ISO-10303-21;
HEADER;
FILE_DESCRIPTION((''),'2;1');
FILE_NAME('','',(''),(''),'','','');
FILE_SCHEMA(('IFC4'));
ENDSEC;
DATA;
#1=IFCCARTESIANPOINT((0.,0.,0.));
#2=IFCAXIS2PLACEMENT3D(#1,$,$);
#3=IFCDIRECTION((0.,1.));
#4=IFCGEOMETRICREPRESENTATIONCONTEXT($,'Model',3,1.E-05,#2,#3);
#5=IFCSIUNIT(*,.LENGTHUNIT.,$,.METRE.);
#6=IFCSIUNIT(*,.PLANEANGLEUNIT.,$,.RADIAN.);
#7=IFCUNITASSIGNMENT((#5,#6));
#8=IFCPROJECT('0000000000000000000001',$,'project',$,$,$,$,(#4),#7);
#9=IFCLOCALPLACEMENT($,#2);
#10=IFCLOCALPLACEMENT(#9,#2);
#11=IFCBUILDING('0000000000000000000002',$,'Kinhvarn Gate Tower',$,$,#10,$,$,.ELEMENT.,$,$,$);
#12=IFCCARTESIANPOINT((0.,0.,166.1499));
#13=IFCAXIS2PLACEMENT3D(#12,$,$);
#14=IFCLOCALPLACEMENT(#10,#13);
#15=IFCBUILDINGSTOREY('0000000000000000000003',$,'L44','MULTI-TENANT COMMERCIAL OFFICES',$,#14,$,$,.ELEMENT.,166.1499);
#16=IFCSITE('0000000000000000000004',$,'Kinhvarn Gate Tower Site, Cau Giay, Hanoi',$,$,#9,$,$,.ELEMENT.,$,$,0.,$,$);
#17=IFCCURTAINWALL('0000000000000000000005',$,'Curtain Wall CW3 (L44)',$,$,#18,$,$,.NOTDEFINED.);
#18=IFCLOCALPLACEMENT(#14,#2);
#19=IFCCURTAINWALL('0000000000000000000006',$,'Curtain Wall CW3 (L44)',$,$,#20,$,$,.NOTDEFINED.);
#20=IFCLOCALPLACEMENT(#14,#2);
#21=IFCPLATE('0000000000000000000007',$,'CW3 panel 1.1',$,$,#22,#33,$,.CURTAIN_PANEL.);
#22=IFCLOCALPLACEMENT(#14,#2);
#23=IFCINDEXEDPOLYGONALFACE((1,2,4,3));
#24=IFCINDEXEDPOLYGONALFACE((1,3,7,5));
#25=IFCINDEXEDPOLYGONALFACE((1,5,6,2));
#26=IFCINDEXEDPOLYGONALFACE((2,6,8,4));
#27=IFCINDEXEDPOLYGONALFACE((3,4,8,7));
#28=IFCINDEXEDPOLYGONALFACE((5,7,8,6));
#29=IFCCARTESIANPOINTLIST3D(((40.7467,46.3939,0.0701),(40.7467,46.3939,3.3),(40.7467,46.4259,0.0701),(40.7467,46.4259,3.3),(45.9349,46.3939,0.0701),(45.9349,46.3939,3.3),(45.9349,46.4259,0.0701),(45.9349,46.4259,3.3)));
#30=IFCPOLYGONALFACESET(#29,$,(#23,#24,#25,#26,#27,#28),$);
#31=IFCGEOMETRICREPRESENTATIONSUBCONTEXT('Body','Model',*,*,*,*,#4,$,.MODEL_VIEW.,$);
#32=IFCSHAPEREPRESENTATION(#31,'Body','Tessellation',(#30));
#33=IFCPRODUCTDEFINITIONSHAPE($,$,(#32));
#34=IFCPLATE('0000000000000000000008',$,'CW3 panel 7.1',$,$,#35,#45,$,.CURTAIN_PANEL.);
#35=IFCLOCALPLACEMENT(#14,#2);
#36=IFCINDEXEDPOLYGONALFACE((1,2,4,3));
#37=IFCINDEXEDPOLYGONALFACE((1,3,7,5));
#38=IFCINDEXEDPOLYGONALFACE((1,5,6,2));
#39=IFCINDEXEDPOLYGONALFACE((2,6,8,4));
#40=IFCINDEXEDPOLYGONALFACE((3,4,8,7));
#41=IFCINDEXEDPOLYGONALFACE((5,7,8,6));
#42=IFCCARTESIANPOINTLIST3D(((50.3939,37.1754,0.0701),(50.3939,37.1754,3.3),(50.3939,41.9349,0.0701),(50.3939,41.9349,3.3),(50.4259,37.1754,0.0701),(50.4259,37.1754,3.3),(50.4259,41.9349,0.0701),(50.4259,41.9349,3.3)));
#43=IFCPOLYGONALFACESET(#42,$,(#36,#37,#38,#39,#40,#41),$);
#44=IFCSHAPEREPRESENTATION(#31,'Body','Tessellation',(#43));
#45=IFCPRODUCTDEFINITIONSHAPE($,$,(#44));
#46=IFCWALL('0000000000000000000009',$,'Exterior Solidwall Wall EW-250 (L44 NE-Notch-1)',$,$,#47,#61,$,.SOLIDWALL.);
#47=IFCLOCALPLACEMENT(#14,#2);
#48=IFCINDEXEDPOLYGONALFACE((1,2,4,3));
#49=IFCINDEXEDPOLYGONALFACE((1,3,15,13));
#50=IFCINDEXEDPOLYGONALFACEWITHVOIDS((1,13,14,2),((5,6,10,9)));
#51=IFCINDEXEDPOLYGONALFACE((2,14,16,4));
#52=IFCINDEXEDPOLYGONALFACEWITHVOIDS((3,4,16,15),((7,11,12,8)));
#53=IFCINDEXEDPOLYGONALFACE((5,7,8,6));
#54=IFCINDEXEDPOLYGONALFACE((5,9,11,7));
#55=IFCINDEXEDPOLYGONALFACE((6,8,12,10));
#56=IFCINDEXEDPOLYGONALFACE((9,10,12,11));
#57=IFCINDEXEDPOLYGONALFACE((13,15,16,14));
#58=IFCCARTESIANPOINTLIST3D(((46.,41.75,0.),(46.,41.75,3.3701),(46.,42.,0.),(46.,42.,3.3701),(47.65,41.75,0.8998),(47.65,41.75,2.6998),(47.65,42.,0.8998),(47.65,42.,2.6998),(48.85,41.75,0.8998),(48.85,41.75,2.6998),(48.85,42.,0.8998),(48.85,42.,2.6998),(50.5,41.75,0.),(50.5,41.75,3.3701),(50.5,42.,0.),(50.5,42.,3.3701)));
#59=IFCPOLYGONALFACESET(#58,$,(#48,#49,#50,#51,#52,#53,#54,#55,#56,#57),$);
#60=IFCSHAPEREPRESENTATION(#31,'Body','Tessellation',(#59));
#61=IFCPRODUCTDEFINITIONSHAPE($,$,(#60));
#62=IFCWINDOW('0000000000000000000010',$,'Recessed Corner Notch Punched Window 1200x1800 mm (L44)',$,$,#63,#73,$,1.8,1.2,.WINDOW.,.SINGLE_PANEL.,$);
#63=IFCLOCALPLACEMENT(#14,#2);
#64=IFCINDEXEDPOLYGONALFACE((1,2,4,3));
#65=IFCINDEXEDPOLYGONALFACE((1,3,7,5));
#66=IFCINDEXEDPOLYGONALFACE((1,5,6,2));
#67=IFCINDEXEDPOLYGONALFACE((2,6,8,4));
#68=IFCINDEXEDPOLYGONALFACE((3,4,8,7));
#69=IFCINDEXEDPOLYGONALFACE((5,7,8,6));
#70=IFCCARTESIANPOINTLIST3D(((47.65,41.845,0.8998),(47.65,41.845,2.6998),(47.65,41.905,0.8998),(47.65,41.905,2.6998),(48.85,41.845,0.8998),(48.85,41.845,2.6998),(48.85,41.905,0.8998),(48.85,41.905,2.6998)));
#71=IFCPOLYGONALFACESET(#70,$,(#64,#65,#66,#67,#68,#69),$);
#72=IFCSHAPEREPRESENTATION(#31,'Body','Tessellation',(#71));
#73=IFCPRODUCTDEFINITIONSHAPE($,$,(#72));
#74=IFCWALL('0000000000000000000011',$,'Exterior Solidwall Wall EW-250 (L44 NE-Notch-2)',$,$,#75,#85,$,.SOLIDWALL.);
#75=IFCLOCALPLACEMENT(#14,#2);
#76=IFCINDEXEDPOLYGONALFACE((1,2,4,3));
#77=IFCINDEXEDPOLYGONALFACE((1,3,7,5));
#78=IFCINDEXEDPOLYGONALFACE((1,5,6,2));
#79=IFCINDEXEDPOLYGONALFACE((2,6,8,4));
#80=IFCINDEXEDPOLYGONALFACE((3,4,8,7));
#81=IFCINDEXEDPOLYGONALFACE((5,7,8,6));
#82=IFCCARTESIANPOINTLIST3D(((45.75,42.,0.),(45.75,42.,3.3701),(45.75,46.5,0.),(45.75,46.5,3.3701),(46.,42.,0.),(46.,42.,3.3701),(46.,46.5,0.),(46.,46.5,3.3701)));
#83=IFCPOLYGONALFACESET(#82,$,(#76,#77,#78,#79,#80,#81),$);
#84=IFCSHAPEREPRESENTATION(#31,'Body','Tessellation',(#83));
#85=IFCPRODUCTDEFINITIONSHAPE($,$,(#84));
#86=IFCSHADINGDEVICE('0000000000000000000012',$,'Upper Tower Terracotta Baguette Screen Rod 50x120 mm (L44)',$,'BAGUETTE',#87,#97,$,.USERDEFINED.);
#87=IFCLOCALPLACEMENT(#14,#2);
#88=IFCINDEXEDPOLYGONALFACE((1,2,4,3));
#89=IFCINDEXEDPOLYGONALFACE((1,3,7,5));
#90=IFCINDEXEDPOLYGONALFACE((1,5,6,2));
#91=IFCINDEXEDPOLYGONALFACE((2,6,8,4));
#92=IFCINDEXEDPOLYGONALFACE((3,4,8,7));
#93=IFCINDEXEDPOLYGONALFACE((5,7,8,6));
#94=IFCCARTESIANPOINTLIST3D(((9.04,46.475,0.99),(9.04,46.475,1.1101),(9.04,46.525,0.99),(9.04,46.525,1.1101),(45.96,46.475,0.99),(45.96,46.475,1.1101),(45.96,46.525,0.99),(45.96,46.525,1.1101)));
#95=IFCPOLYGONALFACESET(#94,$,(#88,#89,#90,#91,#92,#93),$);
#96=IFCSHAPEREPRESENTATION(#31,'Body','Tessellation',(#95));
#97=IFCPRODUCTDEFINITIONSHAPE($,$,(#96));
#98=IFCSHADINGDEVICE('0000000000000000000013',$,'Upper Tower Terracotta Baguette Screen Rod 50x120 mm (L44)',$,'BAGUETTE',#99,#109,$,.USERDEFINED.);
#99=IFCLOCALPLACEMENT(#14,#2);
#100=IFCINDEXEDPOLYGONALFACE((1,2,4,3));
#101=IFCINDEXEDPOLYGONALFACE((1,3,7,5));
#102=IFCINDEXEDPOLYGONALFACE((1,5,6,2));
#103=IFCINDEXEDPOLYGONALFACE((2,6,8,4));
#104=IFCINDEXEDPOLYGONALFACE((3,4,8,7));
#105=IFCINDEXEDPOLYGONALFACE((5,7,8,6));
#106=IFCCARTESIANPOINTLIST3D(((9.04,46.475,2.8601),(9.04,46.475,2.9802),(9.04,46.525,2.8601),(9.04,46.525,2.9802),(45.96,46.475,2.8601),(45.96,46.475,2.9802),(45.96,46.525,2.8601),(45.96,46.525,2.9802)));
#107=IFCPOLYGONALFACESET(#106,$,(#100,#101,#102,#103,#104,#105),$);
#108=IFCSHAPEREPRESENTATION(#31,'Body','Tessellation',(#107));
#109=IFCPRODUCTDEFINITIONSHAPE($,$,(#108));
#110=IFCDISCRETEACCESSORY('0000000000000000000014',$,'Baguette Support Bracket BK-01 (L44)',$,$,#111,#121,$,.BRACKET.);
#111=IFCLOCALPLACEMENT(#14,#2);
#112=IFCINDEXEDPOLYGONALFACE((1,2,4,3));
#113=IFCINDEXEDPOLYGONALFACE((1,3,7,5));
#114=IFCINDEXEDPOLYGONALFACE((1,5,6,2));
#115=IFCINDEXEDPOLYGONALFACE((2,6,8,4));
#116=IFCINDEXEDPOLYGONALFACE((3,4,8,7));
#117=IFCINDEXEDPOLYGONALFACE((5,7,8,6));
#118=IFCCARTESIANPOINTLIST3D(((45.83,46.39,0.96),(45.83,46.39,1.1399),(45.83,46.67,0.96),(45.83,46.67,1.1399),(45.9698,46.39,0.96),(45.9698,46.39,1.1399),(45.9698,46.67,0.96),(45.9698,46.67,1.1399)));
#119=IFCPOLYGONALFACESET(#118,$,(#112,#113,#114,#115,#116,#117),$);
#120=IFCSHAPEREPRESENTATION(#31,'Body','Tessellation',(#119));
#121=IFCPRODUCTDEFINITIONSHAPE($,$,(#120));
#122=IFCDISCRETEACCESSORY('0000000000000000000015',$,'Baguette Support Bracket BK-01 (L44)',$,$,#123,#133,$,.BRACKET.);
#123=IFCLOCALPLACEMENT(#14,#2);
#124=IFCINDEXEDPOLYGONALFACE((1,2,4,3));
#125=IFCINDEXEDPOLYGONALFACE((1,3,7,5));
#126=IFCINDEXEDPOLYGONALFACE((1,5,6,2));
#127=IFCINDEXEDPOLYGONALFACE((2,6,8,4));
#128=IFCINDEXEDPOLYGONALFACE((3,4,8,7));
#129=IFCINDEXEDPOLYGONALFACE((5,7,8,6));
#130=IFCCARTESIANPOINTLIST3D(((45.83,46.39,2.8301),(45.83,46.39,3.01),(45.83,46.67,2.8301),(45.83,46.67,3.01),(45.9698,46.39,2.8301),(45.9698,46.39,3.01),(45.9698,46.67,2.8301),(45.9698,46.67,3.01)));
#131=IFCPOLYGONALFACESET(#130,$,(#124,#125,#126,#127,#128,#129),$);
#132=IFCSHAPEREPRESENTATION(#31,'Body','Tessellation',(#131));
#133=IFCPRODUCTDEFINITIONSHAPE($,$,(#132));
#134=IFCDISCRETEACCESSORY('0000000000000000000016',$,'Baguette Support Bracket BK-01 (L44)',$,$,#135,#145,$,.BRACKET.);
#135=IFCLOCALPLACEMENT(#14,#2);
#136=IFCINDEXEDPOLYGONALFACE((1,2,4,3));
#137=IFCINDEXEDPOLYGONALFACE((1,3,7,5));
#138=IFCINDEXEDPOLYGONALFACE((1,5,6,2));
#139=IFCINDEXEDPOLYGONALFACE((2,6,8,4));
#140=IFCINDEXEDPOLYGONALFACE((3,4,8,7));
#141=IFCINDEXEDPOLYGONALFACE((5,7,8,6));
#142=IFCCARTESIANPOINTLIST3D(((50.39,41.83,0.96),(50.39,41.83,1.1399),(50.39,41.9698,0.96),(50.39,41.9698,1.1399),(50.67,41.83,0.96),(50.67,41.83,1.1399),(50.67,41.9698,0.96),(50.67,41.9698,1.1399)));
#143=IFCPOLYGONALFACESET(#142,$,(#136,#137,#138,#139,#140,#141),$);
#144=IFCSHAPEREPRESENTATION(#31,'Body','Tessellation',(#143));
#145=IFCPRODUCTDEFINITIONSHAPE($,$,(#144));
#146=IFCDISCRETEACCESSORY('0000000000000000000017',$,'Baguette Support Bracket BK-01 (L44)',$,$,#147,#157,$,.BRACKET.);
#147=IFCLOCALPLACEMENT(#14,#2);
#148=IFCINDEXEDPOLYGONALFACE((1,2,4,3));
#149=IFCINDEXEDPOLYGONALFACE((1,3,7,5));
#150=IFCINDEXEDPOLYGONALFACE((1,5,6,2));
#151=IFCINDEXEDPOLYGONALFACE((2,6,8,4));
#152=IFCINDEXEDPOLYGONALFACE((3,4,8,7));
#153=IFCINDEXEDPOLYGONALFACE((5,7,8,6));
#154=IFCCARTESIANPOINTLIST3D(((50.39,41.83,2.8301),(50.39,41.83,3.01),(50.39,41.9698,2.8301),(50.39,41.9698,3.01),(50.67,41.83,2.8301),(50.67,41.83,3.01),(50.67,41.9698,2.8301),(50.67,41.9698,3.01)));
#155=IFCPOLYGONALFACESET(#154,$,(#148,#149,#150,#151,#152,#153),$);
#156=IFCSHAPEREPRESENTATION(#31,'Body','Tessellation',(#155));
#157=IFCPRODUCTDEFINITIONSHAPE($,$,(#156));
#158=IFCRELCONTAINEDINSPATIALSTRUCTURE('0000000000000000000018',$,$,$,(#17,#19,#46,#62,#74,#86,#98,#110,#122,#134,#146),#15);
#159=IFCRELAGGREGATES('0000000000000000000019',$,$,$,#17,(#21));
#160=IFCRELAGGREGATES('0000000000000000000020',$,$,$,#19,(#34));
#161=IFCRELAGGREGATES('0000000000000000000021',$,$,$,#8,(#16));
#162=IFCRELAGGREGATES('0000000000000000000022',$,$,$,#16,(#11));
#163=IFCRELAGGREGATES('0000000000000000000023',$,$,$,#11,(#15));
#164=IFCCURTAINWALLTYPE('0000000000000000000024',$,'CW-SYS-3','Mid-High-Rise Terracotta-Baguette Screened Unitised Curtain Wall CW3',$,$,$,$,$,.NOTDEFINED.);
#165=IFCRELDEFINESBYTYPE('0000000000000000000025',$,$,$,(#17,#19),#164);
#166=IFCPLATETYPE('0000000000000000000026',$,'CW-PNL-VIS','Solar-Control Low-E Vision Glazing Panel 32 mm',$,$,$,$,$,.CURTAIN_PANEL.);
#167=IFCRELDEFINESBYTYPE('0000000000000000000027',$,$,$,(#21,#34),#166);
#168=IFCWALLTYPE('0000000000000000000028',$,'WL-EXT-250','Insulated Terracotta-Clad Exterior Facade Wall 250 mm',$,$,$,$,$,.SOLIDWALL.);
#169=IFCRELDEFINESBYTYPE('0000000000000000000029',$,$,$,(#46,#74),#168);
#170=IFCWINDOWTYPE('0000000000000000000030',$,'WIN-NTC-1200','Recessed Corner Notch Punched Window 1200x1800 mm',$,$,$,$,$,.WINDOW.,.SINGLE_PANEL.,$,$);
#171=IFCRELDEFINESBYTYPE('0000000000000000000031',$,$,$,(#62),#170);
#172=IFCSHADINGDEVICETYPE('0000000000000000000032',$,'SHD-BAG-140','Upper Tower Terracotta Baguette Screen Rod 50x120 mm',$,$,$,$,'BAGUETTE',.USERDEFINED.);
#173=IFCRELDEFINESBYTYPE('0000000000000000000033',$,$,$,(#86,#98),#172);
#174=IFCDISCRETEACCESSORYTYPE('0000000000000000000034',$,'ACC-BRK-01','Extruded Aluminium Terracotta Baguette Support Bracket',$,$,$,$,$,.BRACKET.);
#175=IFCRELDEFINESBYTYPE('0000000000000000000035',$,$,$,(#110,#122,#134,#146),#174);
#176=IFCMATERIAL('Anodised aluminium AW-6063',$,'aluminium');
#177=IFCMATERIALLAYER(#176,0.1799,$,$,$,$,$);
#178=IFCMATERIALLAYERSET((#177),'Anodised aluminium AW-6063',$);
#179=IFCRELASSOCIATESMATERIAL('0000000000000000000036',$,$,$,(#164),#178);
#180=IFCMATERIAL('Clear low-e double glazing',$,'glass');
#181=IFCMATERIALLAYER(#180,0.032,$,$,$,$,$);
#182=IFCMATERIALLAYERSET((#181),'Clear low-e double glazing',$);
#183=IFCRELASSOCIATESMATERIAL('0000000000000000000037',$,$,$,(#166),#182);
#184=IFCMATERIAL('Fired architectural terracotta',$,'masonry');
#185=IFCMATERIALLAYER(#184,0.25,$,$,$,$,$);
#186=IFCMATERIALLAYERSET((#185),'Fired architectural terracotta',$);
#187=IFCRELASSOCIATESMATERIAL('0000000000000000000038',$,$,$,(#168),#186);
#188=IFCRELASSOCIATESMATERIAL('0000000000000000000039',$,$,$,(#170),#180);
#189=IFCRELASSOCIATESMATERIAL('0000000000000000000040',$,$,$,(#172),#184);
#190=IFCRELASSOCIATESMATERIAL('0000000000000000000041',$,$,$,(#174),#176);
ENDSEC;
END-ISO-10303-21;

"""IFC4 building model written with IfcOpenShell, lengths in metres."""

from ifc_helpers import new_model, si_unit, direction, frame, frame_2d, origin, origin_2d, place, context, subcontext, project, spatial, rectangle, extrude, material, layer, layer_set, material_profile, profile_set, type_object, element, fill, aggregate, save


model = new_model("IFC4")

# Units and contexts
model_context = context("Model", 3, precision=1e-05, world=origin(), true_north=direction((0.0, 1.0)))
body_context = subcontext(model_context, "Body", "Model", "MODEL_VIEW")
ifc_project = project(units=[si_unit("LENGTHUNIT", "METRE"), si_unit("PLANEANGLEUNIT", "RADIAN")], contexts=[model_context])

# Site, building, storey
site_placement = place(None, origin())
site = spatial("IfcSite", under=ifc_project, at=site_placement, Name="Kinhvarn Gate Tower Site, Cau Giay, Hanoi", CompositionType="ELEMENT", RefElevation=0.0)
building_placement = place(site_placement, origin())
building = spatial("IfcBuilding", under=site, at=building_placement, Name="Kinhvarn Gate Tower", CompositionType="ELEMENT")
storey_placement = place(building_placement, frame((0.0, 0.0, 166.1499)))
storey = spatial("IfcBuildingStorey", under=building, at=storey_placement, Name="L44", Description="MULTI-TENANT COMMERCIAL OFFICES", CompositionType="ELEMENT", Elevation=166.1499)

# Curtain walls
ifc_material_1 = material(Name="Anodised aluminium AW-6063", Category="aluminium")
ifc_layer_1 = layer(ifc_material_1, 0.1799)
ifc_layer_set_1 = layer_set([ifc_layer_1], Name="Anodised aluminium AW-6063")
curtain_wall_type = type_object("IfcCurtainWallType", Name="CW-SYS-3", Description="Mid-High-Rise Terracotta-Baguette Screened Unitised Curtain Wall CW3", PredefinedType="NOTDEFINED", material=ifc_layer_set_1)
curtain_wall_1_placement = place(storey_placement, origin())
curtain_wall_1 = element("IfcCurtainWall", 1, at=curtain_wall_1_placement, inside=storey, type_object=curtain_wall_type, Name="Curtain Wall CW3 (L44)", PredefinedType="NOTDEFINED")
curtain_wall_2_placement = place(storey_placement, origin())
curtain_wall_2 = element("IfcCurtainWall", 2, at=curtain_wall_2_placement, inside=storey, type_object=curtain_wall_type, Name="Curtain Wall CW3 (L44)", PredefinedType="NOTDEFINED")

# Plates
ifc_material_2 = material(Name="Clear low-e double glazing", Category="glass")
ifc_layer_2 = layer(ifc_material_2, 0.032)
ifc_layer_set_2 = layer_set([ifc_layer_2], Name="Clear low-e double glazing")
plate_type = type_object("IfcPlateType", Name="CW-PNL-VIS", Description="Solar-Control Low-E Vision Glazing Panel 32 mm", PredefinedType="CURTAIN_PANEL", material=ifc_layer_set_2)
plate_1_placement = place(storey_placement, frame((43.3408, 46.4099, 0.0701), z_axis=(0.0, 0.0, 1.0), x_axis=(-1.0, 0.0, 0.0)))
plate_1 = element("IfcPlate", 3, at=plate_1_placement, type_object=plate_type, Name="CW3 panel 1.1", PredefinedType="CURTAIN_PANEL", context=body_context, shape_type="SweptSolid", body=[
    extrude(rectangle(XDim=5.1882, YDim=0.032, at=origin_2d()), origin(), (0.0, 0.0, 1.0), 3.23),
])
aggregate(curtain_wall_1, [plate_1])
plate_2_placement = place(storey_placement, frame((50.4099, 39.5552, 0.0701), z_axis=(0.0, 0.0, 1.0), x_axis=(0.0, 1.0, 0.0)))
plate_2 = element("IfcPlate", 4, at=plate_2_placement, type_object=plate_type, Name="CW3 panel 7.1", PredefinedType="CURTAIN_PANEL", context=body_context, shape_type="SweptSolid", body=[
    extrude(rectangle(XDim=4.7595, YDim=0.032, at=origin_2d()), origin(), (0.0, 0.0, 1.0), 3.23),
])
aggregate(curtain_wall_2, [plate_2])

# Wall, opening, window
ifc_material_3 = material(Name="Fired architectural terracotta", Category="masonry")
ifc_layer_3 = layer(ifc_material_3, 0.25)
ifc_layer_set_3 = layer_set([ifc_layer_3], Name="Fired architectural terracotta")
wall_type = type_object("IfcWallType", Name="WL-EXT-250", Description="Insulated Terracotta-Clad Exterior Facade Wall 250 mm", PredefinedType="SOLIDWALL", material=ifc_layer_set_3)
wall_1_placement = place(storey_placement, frame((50.5, 41.875, 0.0), z_axis=(0.0, 0.0, 1.0), x_axis=(-1.0, 0.0, 0.0)))
wall_1 = element("IfcWall", 5, at=wall_1_placement, inside=storey, type_object=wall_type, Name="Exterior Solidwall Wall EW-250 (L44 NE-Notch-1)", PredefinedType="SOLIDWALL", context=body_context, shape_type="SweptSolid", body=[
    extrude(rectangle(XDim=4.5, YDim=0.25, at=frame_2d((2.25, 0.0))), origin(), (0.0, 0.0, 1.0), 3.3701),
])
opening_placement = place(wall_1_placement, frame((1.6499, 0.0, 0.8999)))
opening = element("IfcOpeningElement", 6, at=opening_placement, cuts=wall_1, PredefinedType="OPENING", context=body_context, shape_type="SweptSolid", body=[
    extrude(rectangle(XDim=1.2, YDim=1.8, at=frame_2d((0.6001, 0.8999))), frame((0.0, 0.135, 0.0), z_axis=(0.0, -1.0, 0.0), x_axis=(1.0, 0.0, 0.0)), (0.0, 0.0, 1.0), 0.27),
])
window_type = type_object("IfcWindowType", Name="WIN-NTC-1200", Description="Recessed Corner Notch Punched Window 1200x1800 mm", PartitioningType="SINGLE_PANEL", PredefinedType="WINDOW", material=ifc_material_2)
window_placement = place(opening_placement, origin())
window = element("IfcWindow", 7, at=window_placement, inside=storey, type_object=window_type, Name="Recessed Corner Notch Punched Window 1200x1800 mm (L44)", OverallHeight=1.8, OverallWidth=1.2, PartitioningType="SINGLE_PANEL", PredefinedType="WINDOW", context=body_context, shape_type="SweptSolid", body=[
    extrude(rectangle(XDim=1.2, YDim=1.8, at=frame_2d((0.6001, 0.8999))), frame((0.0, 0.03, 0.0), z_axis=(0.0, -1.0, 0.0), x_axis=(1.0, 0.0, 0.0)), (0.0, 0.0, 1.0), 0.0601),
])
fill(opening, window)

# Wall
wall_2_placement = place(storey_placement, frame((45.875, 42.0, 0.0), z_axis=(0.0, 0.0, 1.0), x_axis=(0.0, 1.0, 0.0)))
element("IfcWall", 8, at=wall_2_placement, inside=storey, type_object=wall_type, Name="Exterior Solidwall Wall EW-250 (L44 NE-Notch-2)", PredefinedType="SOLIDWALL", context=body_context, shape_type="SweptSolid", body=[
    extrude(rectangle(XDim=4.5, YDim=0.25, at=frame_2d((2.25, 0.0))), origin(), (0.0, 0.0, 1.0), 3.3701),
])

# Shading devices
ifc_material_profile_1 = material_profile(ifc_material_3, rectangle(XDim=0.05, YDim=0.1201, at=origin_2d()), Name="TC 50x120")
ifc_profile_set_1 = profile_set([ifc_material_profile_1], Name="Fired architectural terracotta")
shading_device_type = type_object("IfcShadingDeviceType", Name="SHD-BAG-140", Description="Upper Tower Terracotta Baguette Screen Rod 50x120 mm", ElementType="BAGUETTE", PredefinedType="USERDEFINED", material=ifc_profile_set_1)
for number, where, z_axis, x_axis, name in (
    (9, (45.96, 46.5, 1.05), (-1.0, 0.0, 0.0), (0.0, -1.0, 0.0), "Upper Tower Terracotta Baguette Screen Rod 50x120 mm (L44)"),
    (10, (45.96, 46.5, 2.9202), (-1.0, 0.0, 0.0), (0.0, -1.0, 0.0), "Upper Tower Terracotta Baguette Screen Rod 50x120 mm (L44)"),
):
    element("IfcShadingDevice", number, at=place(storey_placement, frame(where, z_axis=z_axis, x_axis=x_axis)), inside=storey, type_object=shading_device_type, Name=name, ObjectType="BAGUETTE", PredefinedType="USERDEFINED", context=body_context, shape_type="SweptSolid", body=[
        extrude(rectangle(XDim=0.05, YDim=0.1201, at=origin_2d()), origin(), (0.0, 0.0, 1.0), 36.9199),
    ])

# Discrete accessories
discrete_accessory_type = type_object("IfcDiscreteAccessoryType", Name="ACC-BRK-01", Description="Extruded Aluminium Terracotta Baguette Support Bracket", PredefinedType="BRACKET", material=ifc_material_1)
for number, where, z_axis, x_axis, name in (
    (11, (45.8999, 46.53, 0.96), (0.0, 0.0, 1.0), (-1.0, 0.0, 0.0), "Baguette Support Bracket BK-01 (L44)"),
    (12, (45.8999, 46.53, 2.8301), (0.0, 0.0, 1.0), (-1.0, 0.0, 0.0), "Baguette Support Bracket BK-01 (L44)"),
    (13, (50.53, 41.8999, 0.96), (0.0, 0.0, 1.0), (0.0, 1.0, 0.0), "Baguette Support Bracket BK-01 (L44)"),
    (14, (50.53, 41.8999, 2.8301), (0.0, 0.0, 1.0), (0.0, 1.0, 0.0), "Baguette Support Bracket BK-01 (L44)"),
):
    element("IfcDiscreteAccessory", number, at=place(storey_placement, frame(where, z_axis=z_axis, x_axis=x_axis)), inside=storey, type_object=discrete_accessory_type, Name=name, PredefinedType="BRACKET", context=body_context, shape_type="SweptSolid", body=[
        extrude(rectangle(XDim=0.1399, YDim=0.28, at=origin_2d()), origin(), (0.0, 0.0, 1.0), 0.1799),
    ])

save(model, "model.ifc")
